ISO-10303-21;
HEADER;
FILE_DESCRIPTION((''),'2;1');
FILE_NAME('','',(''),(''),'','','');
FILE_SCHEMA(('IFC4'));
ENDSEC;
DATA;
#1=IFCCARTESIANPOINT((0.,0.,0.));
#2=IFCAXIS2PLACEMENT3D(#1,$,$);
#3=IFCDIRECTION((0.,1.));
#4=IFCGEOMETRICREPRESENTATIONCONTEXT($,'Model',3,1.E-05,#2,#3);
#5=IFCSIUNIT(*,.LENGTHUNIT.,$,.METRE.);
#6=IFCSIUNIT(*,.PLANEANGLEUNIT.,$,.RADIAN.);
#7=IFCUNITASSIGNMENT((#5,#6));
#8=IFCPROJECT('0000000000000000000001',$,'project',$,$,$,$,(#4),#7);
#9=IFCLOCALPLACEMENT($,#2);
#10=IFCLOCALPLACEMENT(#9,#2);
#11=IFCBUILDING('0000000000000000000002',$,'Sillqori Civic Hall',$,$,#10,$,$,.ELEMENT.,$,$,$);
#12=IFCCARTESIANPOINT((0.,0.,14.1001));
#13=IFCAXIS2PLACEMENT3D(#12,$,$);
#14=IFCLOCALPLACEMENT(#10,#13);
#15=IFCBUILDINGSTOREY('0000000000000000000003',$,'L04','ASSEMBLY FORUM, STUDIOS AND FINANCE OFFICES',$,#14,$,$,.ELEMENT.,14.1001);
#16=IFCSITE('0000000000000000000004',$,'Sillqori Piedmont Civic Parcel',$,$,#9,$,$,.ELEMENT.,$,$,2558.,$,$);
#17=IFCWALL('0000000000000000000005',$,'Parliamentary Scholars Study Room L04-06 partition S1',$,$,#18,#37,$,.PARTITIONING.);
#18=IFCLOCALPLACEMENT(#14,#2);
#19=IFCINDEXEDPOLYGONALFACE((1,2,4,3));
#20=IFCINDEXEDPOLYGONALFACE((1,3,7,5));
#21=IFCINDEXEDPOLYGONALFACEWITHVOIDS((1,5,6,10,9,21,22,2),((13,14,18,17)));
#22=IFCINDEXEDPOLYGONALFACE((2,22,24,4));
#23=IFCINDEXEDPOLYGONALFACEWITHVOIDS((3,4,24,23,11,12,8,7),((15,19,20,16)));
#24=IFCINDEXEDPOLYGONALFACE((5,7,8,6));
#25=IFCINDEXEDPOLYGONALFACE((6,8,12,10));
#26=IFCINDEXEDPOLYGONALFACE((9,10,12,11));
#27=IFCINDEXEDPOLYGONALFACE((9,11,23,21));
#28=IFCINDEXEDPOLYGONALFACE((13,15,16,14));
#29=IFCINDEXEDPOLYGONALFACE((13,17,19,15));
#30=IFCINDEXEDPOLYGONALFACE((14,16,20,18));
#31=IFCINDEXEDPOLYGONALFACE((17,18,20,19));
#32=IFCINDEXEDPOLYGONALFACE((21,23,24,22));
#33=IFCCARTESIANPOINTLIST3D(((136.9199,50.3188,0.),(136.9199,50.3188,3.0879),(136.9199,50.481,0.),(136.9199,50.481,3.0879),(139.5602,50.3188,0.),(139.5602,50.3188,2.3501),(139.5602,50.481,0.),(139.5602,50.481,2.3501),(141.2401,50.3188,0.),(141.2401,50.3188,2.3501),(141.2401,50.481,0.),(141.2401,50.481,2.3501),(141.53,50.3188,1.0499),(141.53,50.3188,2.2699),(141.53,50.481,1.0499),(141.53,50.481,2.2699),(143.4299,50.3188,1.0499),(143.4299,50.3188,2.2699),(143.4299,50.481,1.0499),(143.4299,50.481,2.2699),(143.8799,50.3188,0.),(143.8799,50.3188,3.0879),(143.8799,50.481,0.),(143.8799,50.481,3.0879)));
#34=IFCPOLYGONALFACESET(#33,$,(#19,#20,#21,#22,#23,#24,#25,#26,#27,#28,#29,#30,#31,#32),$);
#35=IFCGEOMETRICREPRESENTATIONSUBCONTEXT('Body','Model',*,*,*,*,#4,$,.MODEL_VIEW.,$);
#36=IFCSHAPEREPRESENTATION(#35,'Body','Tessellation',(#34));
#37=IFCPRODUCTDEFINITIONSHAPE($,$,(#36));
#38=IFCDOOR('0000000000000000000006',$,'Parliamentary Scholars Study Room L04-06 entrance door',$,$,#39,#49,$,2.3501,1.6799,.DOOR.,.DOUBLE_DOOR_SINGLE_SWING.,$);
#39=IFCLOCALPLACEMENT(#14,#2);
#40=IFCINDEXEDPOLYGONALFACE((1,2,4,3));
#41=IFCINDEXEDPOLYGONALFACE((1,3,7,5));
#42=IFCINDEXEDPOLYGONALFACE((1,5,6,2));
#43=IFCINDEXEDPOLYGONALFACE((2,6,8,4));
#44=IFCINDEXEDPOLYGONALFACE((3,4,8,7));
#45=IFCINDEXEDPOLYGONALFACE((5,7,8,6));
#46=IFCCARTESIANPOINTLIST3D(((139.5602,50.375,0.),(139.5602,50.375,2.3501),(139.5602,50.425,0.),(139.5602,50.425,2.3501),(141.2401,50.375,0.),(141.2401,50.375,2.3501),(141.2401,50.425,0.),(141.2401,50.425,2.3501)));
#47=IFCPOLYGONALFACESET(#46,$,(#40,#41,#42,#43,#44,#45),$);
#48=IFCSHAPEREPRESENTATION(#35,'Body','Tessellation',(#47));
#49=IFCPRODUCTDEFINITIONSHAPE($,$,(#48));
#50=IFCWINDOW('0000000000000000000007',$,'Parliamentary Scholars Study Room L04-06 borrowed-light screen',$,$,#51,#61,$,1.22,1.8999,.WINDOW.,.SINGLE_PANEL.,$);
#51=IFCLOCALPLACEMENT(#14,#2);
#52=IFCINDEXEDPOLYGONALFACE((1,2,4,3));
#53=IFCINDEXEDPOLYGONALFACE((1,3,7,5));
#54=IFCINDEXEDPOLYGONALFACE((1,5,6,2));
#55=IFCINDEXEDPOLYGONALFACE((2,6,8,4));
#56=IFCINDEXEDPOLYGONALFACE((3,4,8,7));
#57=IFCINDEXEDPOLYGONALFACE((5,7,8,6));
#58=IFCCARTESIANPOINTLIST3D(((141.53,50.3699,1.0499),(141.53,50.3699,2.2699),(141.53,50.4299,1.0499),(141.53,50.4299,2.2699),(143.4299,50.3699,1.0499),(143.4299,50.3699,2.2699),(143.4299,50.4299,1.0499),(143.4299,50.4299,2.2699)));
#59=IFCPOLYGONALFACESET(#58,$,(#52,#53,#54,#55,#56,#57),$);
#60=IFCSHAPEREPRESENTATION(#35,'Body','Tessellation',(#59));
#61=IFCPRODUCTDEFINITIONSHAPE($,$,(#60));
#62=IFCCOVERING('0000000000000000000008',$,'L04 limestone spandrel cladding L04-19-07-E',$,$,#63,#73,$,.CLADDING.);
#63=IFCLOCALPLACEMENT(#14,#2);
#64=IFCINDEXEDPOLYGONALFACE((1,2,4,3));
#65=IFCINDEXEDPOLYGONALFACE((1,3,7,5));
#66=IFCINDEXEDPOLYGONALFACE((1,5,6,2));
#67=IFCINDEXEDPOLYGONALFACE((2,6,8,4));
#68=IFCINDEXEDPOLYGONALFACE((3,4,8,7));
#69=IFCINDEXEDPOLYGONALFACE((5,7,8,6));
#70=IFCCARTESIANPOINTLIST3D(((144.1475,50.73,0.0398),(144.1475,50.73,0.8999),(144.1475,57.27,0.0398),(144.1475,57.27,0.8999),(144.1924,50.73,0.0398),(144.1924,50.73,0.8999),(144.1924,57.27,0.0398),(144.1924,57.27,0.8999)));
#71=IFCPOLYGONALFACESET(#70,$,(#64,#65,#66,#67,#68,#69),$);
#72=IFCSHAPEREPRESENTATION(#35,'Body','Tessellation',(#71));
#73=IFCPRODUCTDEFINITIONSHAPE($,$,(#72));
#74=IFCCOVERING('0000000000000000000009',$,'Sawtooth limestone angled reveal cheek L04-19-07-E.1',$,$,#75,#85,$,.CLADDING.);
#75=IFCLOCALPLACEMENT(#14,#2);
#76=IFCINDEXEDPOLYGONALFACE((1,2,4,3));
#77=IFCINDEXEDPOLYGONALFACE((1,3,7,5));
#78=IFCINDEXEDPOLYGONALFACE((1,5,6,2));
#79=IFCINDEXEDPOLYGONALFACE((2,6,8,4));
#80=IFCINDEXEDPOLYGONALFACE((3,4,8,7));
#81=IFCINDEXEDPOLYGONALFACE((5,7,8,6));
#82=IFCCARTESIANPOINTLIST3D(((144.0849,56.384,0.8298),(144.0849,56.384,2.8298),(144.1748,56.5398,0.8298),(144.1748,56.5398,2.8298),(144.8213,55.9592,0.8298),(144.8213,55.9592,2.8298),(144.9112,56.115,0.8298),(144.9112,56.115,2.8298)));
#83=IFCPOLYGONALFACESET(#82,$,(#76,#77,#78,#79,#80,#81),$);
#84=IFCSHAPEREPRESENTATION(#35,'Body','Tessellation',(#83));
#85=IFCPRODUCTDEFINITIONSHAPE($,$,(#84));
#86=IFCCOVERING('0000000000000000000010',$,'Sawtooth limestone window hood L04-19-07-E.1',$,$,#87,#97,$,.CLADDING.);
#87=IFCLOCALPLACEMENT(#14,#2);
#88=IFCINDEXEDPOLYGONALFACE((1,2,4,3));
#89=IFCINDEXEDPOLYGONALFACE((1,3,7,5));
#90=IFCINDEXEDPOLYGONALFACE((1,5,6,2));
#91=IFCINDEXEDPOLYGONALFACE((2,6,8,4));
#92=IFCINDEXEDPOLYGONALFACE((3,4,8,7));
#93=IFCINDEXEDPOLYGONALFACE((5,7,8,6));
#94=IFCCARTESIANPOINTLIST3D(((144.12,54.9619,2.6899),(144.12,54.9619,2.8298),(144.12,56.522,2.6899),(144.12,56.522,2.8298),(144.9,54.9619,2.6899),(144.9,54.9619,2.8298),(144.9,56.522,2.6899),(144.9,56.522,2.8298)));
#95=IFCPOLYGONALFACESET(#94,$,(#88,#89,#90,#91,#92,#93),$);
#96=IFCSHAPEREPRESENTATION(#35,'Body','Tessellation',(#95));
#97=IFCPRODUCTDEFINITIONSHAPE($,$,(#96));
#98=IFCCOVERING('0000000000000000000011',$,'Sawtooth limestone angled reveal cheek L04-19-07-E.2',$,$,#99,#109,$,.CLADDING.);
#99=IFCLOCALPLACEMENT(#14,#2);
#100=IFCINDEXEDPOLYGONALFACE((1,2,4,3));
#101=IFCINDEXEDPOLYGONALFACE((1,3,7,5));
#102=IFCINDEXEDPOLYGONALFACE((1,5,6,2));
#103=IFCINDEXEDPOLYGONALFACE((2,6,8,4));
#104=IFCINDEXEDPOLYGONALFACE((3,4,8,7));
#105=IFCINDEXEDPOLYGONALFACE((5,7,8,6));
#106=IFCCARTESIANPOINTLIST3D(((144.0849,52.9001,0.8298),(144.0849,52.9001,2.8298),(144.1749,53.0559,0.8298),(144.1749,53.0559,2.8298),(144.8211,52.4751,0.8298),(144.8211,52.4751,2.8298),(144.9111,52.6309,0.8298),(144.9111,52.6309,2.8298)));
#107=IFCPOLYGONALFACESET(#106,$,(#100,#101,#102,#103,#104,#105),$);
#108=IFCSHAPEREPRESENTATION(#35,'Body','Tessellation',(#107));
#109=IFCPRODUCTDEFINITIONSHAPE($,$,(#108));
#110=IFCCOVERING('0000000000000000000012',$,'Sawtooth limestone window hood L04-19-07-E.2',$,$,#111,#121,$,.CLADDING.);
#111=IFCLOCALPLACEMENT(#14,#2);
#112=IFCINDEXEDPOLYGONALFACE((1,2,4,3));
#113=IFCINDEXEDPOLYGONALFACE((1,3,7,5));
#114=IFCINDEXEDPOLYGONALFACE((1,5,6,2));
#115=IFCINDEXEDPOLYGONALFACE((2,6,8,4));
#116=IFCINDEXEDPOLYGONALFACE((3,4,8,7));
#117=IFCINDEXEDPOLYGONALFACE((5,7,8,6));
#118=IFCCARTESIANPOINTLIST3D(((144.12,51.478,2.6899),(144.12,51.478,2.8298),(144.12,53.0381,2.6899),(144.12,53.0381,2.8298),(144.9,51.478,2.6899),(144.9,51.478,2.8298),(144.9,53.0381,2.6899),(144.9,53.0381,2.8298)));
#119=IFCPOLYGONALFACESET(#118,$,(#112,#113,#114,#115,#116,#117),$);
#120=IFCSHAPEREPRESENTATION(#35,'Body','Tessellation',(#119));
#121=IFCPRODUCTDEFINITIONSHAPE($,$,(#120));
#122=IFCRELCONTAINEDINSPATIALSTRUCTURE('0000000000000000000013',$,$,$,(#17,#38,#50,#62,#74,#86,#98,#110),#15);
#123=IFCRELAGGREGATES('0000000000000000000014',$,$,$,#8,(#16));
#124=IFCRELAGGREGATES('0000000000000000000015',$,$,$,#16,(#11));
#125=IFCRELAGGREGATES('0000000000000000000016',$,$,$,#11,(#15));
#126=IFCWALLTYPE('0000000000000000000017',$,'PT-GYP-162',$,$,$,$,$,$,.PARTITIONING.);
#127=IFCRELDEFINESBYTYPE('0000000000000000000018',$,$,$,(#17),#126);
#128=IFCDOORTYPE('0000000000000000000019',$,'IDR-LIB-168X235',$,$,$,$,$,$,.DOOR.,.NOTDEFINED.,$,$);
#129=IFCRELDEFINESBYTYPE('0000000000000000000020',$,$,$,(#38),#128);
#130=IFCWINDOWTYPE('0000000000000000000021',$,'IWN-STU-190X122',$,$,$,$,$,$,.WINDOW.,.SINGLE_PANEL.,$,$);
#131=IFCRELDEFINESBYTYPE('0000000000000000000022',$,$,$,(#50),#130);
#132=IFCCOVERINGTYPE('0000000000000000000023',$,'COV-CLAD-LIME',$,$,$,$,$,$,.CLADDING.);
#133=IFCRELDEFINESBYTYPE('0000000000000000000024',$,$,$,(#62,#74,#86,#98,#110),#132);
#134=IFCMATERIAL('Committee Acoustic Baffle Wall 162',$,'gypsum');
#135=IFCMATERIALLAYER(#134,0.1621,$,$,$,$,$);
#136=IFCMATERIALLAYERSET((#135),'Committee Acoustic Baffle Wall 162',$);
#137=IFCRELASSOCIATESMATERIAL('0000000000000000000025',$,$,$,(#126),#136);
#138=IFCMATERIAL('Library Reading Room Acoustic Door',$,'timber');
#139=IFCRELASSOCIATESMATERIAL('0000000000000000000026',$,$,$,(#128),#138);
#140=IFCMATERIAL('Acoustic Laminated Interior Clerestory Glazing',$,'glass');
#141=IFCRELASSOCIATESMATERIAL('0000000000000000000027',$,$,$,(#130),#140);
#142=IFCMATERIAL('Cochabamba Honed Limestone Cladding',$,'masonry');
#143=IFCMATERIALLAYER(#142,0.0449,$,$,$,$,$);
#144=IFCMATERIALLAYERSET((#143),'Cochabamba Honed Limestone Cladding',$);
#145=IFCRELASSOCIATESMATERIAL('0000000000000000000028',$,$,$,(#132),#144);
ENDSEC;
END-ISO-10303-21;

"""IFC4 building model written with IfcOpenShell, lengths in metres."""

from ifc_helpers import new_model, si_unit, direction, frame, frame_2d, origin, place, context, subcontext, project, spatial, rectangle, extrude, material, layer, layer_set, type_object, element, fill, save


model = new_model("IFC4")

# Units and contexts
model_context = context("Model", 3, precision=1e-05, world=origin(), true_north=direction((0.0, 1.0)))
body_context = subcontext(model_context, "Body", "Model", "MODEL_VIEW")
ifc_project = project(units=[si_unit("LENGTHUNIT", "METRE"), si_unit("PLANEANGLEUNIT", "RADIAN")], contexts=[model_context])

# Site, building, storey
site_placement = place(None, origin())
site = spatial("IfcSite", under=ifc_project, at=site_placement, Name="Sillqori Piedmont Civic Parcel", CompositionType="ELEMENT", RefElevation=2558.0)
building_placement = place(site_placement, origin())
building = spatial("IfcBuilding", under=site, at=building_placement, Name="Sillqori Civic Hall", CompositionType="ELEMENT")
storey_placement = place(building_placement, frame((0.0, 0.0, 14.1001)))
storey = spatial("IfcBuildingStorey", under=building, at=storey_placement, Name="L04", Description="ASSEMBLY FORUM, STUDIOS AND FINANCE OFFICES", CompositionType="ELEMENT", Elevation=14.1001)

# Wall, openings, door, window
ifc_material_1 = material(Name="Committee Acoustic Baffle Wall 162", Category="gypsum")
ifc_layer_1 = layer(ifc_material_1, 0.1621)
ifc_layer_set_1 = layer_set([ifc_layer_1], Name="Committee Acoustic Baffle Wall 162")
wall_type_1 = type_object("IfcWallType", Name="PT-GYP-162", PredefinedType="PARTITIONING", material=ifc_layer_set_1)
wall_1_placement = place(storey_placement, frame((143.8799, 50.3999, 0.0), z_axis=(0.0, 0.0, 1.0), x_axis=(-1.0, 0.0, 0.0)))
wall_1 = element("IfcWall", 1, at=wall_1_placement, inside=storey, type_object=wall_type_1, Name="Parliamentary Scholars Study Room L04-06 partition S1", PredefinedType="PARTITIONING", context=body_context, shape_type="SweptSolid", body=[
    extrude(rectangle(XDim=6.96, YDim=0.1621, at=frame_2d((3.48, 0.0))), origin(), (0.0, 0.0, 1.0), 3.0879),
])
opening_1_placement = place(wall_1_placement, frame((2.6399, 0.0, 0.0)))
opening_1 = element("IfcOpeningElement", 2, at=opening_1_placement, cuts=wall_1, PredefinedType="OPENING", context=body_context, shape_type="SweptSolid", body=[
    extrude(rectangle(XDim=1.6799, YDim=2.3501, at=frame_2d((0.8398, 1.175))), frame((0.0, 0.0911, 0.0), z_axis=(0.0, -1.0, 0.0), x_axis=(1.0, 0.0, 0.0)), (0.0, 0.0, 1.0), 0.1821),
])
opening_2_placement = place(wall_1_placement, frame((0.45, 0.0, 1.05)))
opening_2 = element("IfcOpeningElement", 3, at=opening_2_placement, cuts=wall_1, PredefinedType="OPENING", context=body_context, shape_type="SweptSolid", body=[
    extrude(rectangle(XDim=1.8999, YDim=1.22, at=frame_2d((0.95, 0.6099))), frame((0.0, 0.0911, 0.0), z_axis=(0.0, -1.0, 0.0), x_axis=(1.0, 0.0, 0.0)), (0.0, 0.0, 1.0), 0.1821),
])
ifc_material_2 = material(Name="Library Reading Room Acoustic Door", Category="timber")
door_type = type_object("IfcDoorType", Name="IDR-LIB-168X235", OperationType="NOTDEFINED", PredefinedType="DOOR", material=ifc_material_2)
door_placement = place(opening_1_placement, origin())
door = element("IfcDoor", 4, at=door_placement, inside=storey, type_object=door_type, Name="Parliamentary Scholars Study Room L04-06 entrance door", OperationType="DOUBLE_DOOR_SINGLE_SWING", OverallHeight=2.3501, OverallWidth=1.6799, PredefinedType="DOOR", context=body_context, shape_type="SweptSolid", body=[
    extrude(rectangle(XDim=1.6799, YDim=2.3501, at=frame_2d((0.8398, 1.175))), frame((0.0, 0.0249, 0.0), z_axis=(0.0, -1.0, 0.0), x_axis=(1.0, 0.0, 0.0)), (0.0, 0.0, 1.0), 0.05),
])
fill(opening_1, door)
ifc_material_3 = material(Name="Acoustic Laminated Interior Clerestory Glazing", Category="glass")
window_type_1 = type_object("IfcWindowType", Name="IWN-STU-190X122", PartitioningType="SINGLE_PANEL", PredefinedType="WINDOW", material=ifc_material_3)
window_1_placement = place(opening_2_placement, origin())
window_1 = element("IfcWindow", 5, at=window_1_placement, inside=storey, type_object=window_type_1, Name="Parliamentary Scholars Study Room L04-06 borrowed-light screen", OverallHeight=1.22, OverallWidth=1.8999, PartitioningType="SINGLE_PANEL", PredefinedType="WINDOW", context=body_context, shape_type="SweptSolid", body=[
    extrude(rectangle(XDim=1.8999, YDim=1.22, at=frame_2d((0.95, 0.6099))), frame((0.0, 0.03, 0.0), z_axis=(0.0, -1.0, 0.0), x_axis=(1.0, 0.0, 0.0)), (0.0, 0.0, 1.0), 0.0601),
])
fill(opening_2, window_1)

# Coverings
ifc_material_4 = material(Name="Cochabamba Honed Limestone Cladding", Category="masonry")
ifc_layer_2 = layer(ifc_material_4, 0.0449)
ifc_layer_set_2 = layer_set([ifc_layer_2], Name="Cochabamba Honed Limestone Cladding")
covering_type = type_object("IfcCoveringType", Name="COV-CLAD-LIME", PredefinedType="CLADDING", material=ifc_layer_set_2)
covering_1_placement = place(storey_placement, frame((144.1699, 57.27, 0.0398), z_axis=(0.0, 0.0, 1.0), x_axis=(0.0, -1.0, 0.0)))
element("IfcCovering", 6, at=covering_1_placement, inside=storey, type_object=covering_type, Name="L04 limestone spandrel cladding L04-19-07-E", PredefinedType="CLADDING", context=body_context, shape_type="SweptSolid", body=[
    extrude(rectangle(XDim=6.54, YDim=0.0449, at=frame_2d((3.27, 0.0))), origin(), (0.0, 0.0, 1.0), 0.8601),
])
covering_2_placement = place(storey_placement, frame((144.1299, 56.4619, 0.8298), z_axis=(0.0, 0.0, 1.0), x_axis=(0.866186, -0.499722, 0.0)))
element("IfcCovering", 7, at=covering_2_placement, inside=storey, type_object=covering_type, Name="Sawtooth limestone angled reveal cheek L04-19-07-E.1", PredefinedType="CLADDING", context=body_context, shape_type="SweptSolid", body=[
    extrude(rectangle(XDim=0.8501, YDim=0.1799, at=frame_2d((0.425, 0.0))), origin(), (0.0, 0.0, 1.0), 2.0),
])
covering_3_placement = place(storey_placement, frame((144.51, 56.522, 2.6899), z_axis=(0.0, 0.0, 1.0), x_axis=(0.0, -1.0, 0.0)))
element("IfcCovering", 8, at=covering_3_placement, inside=storey, type_object=covering_type, Name="Sawtooth limestone window hood L04-19-07-E.1", PredefinedType="CLADDING", context=body_context, shape_type="SweptSolid", body=[
    extrude(rectangle(XDim=1.5601, YDim=0.78, at=frame_2d((0.78, 0.0))), origin(), (0.0, 0.0, 1.0), 0.1399),
])
covering_4_placement = place(storey_placement, frame((144.1299, 52.978, 0.8298), z_axis=(0.0, 0.0, 1.0), x_axis=(0.866061, -0.499938, 0.0)))
element("IfcCovering", 9, at=covering_4_placement, inside=storey, type_object=covering_type, Name="Sawtooth limestone angled reveal cheek L04-19-07-E.2", PredefinedType="CLADDING", context=body_context, shape_type="SweptSolid", body=[
    extrude(rectangle(XDim=0.8501, YDim=0.1799, at=frame_2d((0.425, 0.0))), origin(), (0.0, 0.0, 1.0), 2.0),
])
covering_5_placement = place(storey_placement, frame((144.51, 53.0381, 2.6899), z_axis=(0.0, 0.0, 1.0), x_axis=(0.0, -1.0, 0.0)))
element("IfcCovering", 10, at=covering_5_placement, inside=storey, type_object=covering_type, Name="Sawtooth limestone window hood L04-19-07-E.2", PredefinedType="CLADDING", context=body_context, shape_type="SweptSolid", body=[
    extrude(rectangle(XDim=1.5601, YDim=0.78, at=frame_2d((0.78, 0.0))), origin(), (0.0, 0.0, 1.0), 0.1399),
])

save(model, "model.ifc")
